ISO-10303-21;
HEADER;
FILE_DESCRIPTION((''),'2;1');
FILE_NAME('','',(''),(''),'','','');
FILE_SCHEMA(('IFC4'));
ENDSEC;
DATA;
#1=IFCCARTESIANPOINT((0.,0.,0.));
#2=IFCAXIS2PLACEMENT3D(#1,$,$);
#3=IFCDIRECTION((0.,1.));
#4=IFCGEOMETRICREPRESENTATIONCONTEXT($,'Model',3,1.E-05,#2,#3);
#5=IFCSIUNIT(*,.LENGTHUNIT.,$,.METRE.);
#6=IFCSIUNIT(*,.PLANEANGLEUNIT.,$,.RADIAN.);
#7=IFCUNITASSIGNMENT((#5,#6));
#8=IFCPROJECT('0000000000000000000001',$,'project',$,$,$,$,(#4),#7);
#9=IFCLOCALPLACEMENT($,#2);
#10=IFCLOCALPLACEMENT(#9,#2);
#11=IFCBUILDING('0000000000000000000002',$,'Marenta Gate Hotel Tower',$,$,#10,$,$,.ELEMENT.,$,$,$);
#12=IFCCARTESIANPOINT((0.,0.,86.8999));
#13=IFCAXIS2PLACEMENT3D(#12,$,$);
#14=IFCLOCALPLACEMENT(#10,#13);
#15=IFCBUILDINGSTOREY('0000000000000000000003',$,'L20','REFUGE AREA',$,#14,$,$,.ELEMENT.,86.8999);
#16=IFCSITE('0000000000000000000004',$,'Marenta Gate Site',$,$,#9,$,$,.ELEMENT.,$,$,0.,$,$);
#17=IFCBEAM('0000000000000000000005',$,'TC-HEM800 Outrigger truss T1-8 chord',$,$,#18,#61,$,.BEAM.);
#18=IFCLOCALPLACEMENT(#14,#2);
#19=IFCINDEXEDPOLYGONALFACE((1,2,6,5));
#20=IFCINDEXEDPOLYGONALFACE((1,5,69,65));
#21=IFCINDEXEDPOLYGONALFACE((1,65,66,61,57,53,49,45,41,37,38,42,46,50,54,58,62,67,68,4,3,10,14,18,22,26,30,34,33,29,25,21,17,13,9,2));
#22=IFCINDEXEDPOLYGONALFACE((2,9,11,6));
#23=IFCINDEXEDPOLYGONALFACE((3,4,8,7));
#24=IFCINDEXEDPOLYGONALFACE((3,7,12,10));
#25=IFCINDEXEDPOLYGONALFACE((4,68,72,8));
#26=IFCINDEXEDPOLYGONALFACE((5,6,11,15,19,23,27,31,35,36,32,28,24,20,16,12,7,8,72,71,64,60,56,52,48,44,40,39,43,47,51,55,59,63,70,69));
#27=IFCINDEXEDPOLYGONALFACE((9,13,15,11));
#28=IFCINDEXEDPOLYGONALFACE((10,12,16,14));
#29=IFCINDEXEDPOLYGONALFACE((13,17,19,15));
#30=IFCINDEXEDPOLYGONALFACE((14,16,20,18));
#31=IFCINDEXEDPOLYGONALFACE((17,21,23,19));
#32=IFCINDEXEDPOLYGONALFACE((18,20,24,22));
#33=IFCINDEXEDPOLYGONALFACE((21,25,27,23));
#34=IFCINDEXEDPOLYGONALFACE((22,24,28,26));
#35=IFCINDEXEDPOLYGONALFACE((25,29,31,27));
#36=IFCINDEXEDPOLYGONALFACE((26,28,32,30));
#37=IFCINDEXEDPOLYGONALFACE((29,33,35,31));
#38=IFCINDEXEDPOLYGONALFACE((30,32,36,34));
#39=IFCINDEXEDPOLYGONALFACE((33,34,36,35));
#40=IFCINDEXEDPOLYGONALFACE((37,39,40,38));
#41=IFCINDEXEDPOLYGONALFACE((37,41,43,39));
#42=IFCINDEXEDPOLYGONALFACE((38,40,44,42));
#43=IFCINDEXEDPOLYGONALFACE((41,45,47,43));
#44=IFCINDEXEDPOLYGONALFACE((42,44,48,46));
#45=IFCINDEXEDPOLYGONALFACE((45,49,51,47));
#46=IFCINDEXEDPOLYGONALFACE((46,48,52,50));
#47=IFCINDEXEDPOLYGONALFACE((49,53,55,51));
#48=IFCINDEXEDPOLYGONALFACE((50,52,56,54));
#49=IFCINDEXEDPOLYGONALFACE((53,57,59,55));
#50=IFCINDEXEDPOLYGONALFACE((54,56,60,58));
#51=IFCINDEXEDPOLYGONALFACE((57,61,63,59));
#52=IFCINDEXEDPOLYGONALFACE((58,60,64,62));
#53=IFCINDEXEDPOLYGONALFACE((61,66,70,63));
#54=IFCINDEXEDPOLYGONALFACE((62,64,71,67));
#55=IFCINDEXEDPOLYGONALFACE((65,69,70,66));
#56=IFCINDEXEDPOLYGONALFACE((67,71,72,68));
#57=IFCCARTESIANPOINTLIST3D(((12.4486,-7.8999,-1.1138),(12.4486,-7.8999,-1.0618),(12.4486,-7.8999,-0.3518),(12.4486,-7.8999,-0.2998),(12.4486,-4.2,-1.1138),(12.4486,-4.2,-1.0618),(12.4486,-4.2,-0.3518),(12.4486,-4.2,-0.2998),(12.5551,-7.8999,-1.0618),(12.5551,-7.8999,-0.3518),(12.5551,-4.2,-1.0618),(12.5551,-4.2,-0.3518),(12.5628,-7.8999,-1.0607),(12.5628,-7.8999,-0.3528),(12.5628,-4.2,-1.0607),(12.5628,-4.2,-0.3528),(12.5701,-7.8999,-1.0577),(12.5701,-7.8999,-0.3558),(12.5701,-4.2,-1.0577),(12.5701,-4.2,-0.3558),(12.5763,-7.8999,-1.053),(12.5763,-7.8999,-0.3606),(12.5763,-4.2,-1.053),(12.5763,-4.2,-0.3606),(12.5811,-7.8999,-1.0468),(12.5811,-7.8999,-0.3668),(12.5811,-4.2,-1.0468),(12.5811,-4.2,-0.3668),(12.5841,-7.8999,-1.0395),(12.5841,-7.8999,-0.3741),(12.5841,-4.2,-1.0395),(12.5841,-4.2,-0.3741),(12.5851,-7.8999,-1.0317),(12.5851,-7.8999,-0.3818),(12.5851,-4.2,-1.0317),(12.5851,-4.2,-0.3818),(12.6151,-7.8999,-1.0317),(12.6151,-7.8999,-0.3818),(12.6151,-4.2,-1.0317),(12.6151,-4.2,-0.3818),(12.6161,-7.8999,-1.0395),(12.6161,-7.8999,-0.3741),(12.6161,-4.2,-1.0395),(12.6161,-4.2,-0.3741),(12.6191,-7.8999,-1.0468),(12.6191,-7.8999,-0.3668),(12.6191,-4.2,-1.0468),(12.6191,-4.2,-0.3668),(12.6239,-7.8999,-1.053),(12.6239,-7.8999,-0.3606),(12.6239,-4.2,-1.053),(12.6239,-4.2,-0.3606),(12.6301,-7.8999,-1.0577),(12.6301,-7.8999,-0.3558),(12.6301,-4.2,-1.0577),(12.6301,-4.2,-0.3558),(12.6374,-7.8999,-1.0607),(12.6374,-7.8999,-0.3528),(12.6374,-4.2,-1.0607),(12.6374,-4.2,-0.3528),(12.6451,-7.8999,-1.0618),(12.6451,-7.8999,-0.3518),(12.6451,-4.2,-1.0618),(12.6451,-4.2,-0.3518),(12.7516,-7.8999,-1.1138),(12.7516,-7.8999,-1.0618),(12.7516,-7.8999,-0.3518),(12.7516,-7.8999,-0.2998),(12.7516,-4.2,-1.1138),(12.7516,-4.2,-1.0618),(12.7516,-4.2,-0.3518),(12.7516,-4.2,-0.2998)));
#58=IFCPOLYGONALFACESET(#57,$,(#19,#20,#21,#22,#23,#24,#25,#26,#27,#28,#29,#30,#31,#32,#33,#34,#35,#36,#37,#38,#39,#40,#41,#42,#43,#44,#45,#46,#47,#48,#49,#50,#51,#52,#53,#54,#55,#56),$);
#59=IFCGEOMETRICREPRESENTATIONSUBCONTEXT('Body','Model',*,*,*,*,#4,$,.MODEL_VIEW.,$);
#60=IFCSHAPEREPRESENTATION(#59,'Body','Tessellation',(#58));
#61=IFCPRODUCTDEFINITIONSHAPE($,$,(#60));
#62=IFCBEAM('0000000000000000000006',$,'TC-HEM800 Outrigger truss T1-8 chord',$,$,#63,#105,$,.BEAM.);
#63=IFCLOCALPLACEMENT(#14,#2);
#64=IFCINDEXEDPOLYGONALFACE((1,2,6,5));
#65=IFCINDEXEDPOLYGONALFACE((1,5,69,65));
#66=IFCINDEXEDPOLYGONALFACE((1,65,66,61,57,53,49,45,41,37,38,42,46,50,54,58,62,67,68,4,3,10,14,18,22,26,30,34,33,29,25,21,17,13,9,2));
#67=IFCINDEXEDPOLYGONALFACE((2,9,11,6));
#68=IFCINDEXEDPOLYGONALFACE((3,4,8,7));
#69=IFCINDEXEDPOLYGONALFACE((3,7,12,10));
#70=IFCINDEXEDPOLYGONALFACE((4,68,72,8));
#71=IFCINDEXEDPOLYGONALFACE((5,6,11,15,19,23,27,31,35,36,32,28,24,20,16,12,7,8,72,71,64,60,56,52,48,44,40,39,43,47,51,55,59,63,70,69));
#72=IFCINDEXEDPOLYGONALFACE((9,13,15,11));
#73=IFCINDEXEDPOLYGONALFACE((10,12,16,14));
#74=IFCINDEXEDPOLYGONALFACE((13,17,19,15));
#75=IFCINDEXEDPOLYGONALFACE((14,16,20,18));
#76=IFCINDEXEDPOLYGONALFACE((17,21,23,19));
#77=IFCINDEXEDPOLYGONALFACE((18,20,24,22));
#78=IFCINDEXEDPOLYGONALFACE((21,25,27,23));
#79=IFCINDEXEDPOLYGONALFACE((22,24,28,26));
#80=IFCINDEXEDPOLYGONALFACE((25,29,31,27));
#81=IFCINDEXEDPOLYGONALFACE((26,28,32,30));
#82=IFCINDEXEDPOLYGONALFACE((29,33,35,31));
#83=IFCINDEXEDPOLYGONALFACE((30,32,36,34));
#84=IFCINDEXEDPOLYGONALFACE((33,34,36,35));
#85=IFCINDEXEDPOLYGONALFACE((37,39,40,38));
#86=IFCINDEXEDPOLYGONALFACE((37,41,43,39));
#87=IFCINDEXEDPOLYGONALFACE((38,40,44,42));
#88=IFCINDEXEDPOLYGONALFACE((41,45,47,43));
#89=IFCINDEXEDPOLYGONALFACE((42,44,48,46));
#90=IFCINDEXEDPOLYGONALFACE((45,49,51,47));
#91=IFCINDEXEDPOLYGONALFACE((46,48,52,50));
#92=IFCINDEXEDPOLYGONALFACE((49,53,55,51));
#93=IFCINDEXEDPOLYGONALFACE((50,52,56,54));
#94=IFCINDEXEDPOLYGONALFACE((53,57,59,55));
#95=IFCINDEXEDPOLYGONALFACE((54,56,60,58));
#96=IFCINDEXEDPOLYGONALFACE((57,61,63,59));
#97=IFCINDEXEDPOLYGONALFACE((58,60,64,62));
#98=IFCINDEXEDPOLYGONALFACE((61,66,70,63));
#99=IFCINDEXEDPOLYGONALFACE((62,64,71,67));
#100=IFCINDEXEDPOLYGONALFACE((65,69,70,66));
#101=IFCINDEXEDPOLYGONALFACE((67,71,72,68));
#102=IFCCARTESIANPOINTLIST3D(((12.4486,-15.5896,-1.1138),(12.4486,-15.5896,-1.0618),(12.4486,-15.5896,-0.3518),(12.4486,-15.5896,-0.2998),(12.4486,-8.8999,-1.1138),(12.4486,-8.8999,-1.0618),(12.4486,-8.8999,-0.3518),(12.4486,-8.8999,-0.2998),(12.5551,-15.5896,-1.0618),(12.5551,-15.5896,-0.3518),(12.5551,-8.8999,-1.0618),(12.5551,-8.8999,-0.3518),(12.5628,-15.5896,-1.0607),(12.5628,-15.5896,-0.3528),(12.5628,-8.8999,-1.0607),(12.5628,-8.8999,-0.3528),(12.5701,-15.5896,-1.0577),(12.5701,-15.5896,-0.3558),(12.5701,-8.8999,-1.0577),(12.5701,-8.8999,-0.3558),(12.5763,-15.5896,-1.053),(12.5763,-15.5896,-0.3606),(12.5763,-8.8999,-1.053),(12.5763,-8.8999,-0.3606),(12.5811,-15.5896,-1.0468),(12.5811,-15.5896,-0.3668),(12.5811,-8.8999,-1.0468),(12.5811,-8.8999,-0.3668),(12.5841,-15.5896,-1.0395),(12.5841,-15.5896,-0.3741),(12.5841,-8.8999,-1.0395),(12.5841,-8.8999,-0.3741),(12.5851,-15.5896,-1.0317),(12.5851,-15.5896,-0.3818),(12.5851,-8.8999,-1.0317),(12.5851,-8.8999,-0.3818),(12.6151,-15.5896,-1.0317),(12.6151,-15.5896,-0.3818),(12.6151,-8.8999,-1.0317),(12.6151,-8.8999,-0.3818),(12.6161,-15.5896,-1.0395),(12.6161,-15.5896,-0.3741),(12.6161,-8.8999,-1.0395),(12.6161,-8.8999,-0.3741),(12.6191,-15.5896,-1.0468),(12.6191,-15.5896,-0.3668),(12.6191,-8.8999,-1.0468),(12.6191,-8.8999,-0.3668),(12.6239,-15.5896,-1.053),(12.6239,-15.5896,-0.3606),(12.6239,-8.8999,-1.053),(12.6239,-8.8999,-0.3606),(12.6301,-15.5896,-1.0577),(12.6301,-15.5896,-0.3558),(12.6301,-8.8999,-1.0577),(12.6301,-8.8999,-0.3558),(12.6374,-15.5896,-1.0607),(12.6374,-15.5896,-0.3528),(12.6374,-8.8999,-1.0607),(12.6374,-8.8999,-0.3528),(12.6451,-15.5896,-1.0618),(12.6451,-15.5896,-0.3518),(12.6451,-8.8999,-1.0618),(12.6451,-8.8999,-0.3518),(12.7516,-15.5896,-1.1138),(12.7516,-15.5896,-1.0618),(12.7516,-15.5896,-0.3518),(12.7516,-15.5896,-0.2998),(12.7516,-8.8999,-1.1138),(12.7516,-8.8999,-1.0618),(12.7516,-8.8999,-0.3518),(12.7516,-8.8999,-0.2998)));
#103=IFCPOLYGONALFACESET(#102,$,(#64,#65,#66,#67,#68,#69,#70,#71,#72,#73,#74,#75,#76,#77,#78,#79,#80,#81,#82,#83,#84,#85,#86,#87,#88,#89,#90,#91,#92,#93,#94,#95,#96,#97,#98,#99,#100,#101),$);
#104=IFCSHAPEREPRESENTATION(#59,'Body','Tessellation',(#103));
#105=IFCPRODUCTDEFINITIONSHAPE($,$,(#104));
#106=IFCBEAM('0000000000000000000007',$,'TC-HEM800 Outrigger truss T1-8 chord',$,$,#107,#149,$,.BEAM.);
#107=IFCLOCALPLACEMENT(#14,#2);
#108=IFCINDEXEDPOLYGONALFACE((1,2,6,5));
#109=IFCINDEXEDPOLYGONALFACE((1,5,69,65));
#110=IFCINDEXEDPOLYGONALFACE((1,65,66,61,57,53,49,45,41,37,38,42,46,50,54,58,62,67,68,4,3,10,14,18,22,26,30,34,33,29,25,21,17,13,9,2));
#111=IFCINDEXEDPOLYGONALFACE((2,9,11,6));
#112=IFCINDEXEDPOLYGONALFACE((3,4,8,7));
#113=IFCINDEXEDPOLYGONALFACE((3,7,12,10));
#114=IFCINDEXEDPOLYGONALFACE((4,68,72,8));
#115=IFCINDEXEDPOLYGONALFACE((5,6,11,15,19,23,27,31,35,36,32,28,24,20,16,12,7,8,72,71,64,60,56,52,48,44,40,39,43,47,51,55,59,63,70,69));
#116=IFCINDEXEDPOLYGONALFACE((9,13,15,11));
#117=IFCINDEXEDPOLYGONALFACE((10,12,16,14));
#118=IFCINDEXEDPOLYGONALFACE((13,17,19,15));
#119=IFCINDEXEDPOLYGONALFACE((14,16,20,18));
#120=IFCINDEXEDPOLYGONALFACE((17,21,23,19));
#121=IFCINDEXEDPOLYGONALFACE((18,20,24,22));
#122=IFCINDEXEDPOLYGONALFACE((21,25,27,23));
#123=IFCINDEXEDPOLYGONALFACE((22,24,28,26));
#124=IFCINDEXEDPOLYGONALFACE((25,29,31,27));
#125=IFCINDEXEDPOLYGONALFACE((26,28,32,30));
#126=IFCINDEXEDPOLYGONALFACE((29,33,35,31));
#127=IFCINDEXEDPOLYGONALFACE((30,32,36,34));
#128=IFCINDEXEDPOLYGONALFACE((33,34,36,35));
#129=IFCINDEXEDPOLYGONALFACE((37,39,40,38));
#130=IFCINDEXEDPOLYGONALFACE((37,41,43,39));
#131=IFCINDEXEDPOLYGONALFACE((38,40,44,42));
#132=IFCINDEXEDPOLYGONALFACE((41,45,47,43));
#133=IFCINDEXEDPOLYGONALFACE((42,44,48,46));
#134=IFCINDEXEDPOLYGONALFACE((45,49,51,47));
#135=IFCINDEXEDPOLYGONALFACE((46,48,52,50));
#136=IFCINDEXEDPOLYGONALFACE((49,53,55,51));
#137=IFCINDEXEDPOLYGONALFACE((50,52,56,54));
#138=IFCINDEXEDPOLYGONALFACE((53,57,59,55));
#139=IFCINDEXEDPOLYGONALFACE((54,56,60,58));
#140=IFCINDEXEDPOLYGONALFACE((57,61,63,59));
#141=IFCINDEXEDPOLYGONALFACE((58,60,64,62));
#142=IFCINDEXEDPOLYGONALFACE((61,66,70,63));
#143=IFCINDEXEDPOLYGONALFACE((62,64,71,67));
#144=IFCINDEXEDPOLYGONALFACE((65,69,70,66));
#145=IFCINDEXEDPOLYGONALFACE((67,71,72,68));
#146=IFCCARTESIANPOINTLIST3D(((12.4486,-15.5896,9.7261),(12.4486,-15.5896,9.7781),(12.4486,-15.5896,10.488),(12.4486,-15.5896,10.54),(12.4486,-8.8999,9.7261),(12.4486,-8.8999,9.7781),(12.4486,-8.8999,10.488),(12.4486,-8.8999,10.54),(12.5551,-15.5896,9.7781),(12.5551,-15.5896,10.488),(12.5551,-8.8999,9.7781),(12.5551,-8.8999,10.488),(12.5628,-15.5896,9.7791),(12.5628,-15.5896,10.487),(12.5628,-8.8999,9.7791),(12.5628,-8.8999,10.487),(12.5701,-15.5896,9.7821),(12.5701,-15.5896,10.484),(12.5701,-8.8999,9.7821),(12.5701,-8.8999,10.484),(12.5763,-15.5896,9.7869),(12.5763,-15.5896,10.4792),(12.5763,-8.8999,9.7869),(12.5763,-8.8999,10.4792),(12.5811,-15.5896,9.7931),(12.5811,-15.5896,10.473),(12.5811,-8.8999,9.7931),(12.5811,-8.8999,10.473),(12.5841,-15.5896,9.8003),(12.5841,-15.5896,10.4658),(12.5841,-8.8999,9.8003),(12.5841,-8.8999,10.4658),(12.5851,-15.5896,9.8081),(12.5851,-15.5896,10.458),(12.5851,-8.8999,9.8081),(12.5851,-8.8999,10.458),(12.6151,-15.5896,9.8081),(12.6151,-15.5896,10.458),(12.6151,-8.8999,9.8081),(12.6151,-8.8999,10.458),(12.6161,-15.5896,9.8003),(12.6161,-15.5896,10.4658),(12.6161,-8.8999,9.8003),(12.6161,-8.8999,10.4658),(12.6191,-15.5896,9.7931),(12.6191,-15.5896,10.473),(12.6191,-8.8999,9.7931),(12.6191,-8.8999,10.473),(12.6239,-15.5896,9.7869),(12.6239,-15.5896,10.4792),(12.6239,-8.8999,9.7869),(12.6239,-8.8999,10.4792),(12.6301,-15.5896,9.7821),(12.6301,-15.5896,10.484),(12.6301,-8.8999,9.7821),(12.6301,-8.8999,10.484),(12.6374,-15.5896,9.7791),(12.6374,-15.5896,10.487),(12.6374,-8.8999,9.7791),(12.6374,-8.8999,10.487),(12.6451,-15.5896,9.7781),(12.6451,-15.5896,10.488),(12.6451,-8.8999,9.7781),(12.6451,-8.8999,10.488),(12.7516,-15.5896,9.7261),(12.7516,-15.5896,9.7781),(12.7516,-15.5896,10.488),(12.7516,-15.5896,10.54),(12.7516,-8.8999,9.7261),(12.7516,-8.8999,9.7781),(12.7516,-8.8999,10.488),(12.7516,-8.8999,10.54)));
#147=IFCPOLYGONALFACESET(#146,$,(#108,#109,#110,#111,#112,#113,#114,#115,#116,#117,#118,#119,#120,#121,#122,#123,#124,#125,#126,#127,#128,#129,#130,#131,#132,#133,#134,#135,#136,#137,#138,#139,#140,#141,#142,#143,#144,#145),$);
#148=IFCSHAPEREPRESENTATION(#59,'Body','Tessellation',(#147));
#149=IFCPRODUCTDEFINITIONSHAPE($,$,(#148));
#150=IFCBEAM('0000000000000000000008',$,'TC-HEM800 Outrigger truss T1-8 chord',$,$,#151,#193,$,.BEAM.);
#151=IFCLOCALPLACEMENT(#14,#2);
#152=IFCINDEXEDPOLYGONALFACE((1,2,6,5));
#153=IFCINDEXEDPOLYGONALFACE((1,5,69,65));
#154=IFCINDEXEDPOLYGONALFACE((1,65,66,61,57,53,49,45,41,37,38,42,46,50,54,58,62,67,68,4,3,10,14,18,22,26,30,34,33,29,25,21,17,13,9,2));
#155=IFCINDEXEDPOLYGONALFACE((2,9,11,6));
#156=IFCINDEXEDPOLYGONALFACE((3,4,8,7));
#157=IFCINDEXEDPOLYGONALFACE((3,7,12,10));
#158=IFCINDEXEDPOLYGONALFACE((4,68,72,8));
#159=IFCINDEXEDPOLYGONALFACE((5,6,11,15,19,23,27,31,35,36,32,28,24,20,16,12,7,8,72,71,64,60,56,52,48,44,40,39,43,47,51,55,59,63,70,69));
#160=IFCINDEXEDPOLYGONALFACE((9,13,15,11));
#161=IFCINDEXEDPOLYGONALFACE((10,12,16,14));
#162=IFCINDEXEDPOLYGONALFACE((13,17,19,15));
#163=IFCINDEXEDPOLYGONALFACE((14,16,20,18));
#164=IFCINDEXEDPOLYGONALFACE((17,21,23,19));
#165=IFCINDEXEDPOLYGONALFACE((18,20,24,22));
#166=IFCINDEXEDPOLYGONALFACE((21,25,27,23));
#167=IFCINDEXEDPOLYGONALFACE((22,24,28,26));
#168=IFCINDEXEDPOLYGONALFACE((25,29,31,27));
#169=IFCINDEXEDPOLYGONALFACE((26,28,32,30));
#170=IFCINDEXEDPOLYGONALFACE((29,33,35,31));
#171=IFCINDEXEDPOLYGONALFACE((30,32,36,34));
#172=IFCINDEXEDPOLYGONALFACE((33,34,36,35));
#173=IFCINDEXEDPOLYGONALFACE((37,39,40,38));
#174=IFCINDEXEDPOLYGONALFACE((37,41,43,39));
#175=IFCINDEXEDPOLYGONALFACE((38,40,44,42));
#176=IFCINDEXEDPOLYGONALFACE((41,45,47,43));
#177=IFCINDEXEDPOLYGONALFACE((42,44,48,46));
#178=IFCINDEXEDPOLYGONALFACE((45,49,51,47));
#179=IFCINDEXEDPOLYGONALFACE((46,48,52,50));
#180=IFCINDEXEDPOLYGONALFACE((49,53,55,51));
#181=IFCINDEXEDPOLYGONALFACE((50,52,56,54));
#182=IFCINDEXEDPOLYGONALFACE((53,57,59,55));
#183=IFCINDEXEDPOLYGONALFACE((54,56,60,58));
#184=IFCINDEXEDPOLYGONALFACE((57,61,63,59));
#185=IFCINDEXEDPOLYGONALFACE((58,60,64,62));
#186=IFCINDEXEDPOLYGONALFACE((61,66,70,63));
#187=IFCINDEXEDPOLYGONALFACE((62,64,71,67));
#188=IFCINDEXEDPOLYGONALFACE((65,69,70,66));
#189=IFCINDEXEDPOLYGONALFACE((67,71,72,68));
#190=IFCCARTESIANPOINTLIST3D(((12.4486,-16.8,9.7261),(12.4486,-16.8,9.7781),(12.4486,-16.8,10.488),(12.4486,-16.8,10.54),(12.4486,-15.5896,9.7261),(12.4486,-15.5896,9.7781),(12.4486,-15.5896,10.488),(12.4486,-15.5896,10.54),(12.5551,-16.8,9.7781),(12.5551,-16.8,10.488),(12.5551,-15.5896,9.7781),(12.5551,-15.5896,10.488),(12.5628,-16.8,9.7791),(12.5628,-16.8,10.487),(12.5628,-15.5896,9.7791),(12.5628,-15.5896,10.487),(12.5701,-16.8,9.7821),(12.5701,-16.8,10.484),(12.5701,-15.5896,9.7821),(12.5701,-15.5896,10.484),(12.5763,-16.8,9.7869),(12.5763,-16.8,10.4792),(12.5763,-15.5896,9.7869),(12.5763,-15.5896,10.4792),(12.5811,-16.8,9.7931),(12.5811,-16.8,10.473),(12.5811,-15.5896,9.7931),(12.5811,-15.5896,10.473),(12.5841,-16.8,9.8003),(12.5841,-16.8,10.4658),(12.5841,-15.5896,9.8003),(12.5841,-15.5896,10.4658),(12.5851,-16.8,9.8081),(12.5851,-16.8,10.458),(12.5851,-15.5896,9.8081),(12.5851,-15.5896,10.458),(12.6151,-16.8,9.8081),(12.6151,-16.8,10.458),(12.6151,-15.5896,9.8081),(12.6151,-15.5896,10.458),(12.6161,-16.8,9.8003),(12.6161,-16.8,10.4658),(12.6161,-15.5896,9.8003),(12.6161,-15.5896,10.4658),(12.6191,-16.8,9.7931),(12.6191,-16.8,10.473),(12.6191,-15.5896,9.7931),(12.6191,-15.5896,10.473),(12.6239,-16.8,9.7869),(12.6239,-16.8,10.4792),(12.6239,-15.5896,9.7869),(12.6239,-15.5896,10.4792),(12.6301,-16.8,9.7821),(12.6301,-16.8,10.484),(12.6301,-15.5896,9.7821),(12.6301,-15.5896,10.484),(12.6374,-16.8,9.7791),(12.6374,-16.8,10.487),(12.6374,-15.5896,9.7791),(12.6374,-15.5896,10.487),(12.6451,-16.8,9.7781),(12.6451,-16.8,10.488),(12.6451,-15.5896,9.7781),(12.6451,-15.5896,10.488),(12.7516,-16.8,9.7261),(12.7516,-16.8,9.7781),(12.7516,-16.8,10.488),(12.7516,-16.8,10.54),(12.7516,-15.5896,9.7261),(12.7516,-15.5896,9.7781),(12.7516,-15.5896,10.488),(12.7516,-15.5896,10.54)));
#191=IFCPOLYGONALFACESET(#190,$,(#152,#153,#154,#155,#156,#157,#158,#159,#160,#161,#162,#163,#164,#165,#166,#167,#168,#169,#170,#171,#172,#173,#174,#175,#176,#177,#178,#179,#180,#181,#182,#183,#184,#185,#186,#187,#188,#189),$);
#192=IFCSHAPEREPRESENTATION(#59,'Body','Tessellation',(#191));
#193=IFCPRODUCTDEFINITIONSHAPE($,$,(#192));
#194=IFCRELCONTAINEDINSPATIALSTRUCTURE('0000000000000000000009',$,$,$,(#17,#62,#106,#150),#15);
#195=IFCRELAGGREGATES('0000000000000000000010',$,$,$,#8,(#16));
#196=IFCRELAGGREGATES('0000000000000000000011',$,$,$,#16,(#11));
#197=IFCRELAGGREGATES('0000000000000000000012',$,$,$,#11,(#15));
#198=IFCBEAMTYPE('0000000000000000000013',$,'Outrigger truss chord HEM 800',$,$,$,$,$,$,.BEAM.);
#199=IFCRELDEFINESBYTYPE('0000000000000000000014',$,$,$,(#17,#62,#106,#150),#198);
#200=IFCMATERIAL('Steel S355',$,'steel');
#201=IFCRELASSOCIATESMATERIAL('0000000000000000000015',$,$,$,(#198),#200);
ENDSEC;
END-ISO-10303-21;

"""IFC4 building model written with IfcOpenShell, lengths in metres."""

from ifc_helpers import new_model, si_unit, direction, frame, origin, origin_2d, place, context, subcontext, project, spatial, i_section, extrude, material, material_profile, profile_set, type_object, element, save


model = new_model("IFC4")

# Units and contexts
model_context = context("Model", 3, precision=1e-05, world=origin(), true_north=direction((0.0, 1.0)))
body_context = subcontext(model_context, "Body", "Model", "MODEL_VIEW")
ifc_project = project(units=[si_unit("LENGTHUNIT", "METRE"), si_unit("PLANEANGLEUNIT", "RADIAN")], contexts=[model_context])

# Site, building, storey
site_placement = place(None, origin())
site = spatial("IfcSite", under=ifc_project, at=site_placement, Name="Marenta Gate Site", CompositionType="ELEMENT", RefElevation=0.0)
building_placement = place(site_placement, origin())
building = spatial("IfcBuilding", under=site, at=building_placement, Name="Marenta Gate Hotel Tower", CompositionType="ELEMENT")
storey_placement = place(building_placement, frame((0.0, 0.0, 86.8999)))
storey = spatial("IfcBuildingStorey", under=building, at=storey_placement, Name="L20", Description="REFUGE AREA", CompositionType="ELEMENT", Elevation=86.8999)

# Beams
ifc_material_1 = material(Name="Steel S355", Category="steel")
ifc_material_profile_1 = material_profile(ifc_material_1, i_section(OverallWidth=0.303, OverallDepth=0.814, WebThickness=0.03, FlangeThickness=0.052, FilletRadius=0.03, at=origin_2d()), Name="HEM 800")
ifc_profile_set_1 = profile_set([ifc_material_profile_1], Name="Steel S355")
beam_type_1 = type_object("IfcBeamType", Name="Outrigger truss chord HEM 800", PredefinedType="BEAM", material=ifc_profile_set_1)
beam_1_placement = place(storey_placement, frame((12.6001, -4.2, -0.7068), z_axis=(0.0, -1.0, 0.0), x_axis=(1.0, 0.0, 0.0)))
element("IfcBeam", 1, at=beam_1_placement, inside=storey, type_object=beam_type_1, Name="TC-HEM800 Outrigger truss T1-8 chord", PredefinedType="BEAM", context=body_context, shape_type="SweptSolid", body=[
    extrude(i_section(OverallWidth=0.303, OverallDepth=0.814, WebThickness=0.03, FlangeThickness=0.052, FilletRadius=0.03, at=origin_2d()), origin(), (0.0, 0.0, 1.0), 3.7),
])
for number, where, z_axis, x_axis, name in (
    (2, (12.6001, -8.8999, -0.7068), (0.0, -1.0, 0.0), (1.0, 0.0, 0.0), "TC-HEM800 Outrigger truss T1-8 chord"),
    (3, (12.6001, -8.8999, 10.1331), (0.0, -1.0, 0.0), (1.0, 0.0, 0.0), "TC-HEM800 Outrigger truss T1-8 chord"),
):
    element("IfcBeam", number, at=place(storey_placement, frame(where, z_axis=z_axis, x_axis=x_axis)), inside=storey, type_object=beam_type_1, Name=name, PredefinedType="BEAM", context=body_context, shape_type="SweptSolid", body=[
        extrude(i_section(OverallWidth=0.303, OverallDepth=0.814, WebThickness=0.03, FlangeThickness=0.052, FilletRadius=0.03, at=origin_2d()), origin(), (0.0, 0.0, 1.0), 6.6897),
    ])
beam_2_placement = place(storey_placement, frame((12.6001, -15.5896, 10.1331), z_axis=(0.0, -1.0, 0.0), x_axis=(1.0, 0.0, 0.0)))
element("IfcBeam", 4, at=beam_2_placement, inside=storey, type_object=beam_type_1, Name="TC-HEM800 Outrigger truss T1-8 chord", PredefinedType="BEAM", context=body_context, shape_type="SweptSolid", body=[
    extrude(i_section(OverallWidth=0.303, OverallDepth=0.814, WebThickness=0.03, FlangeThickness=0.052, FilletRadius=0.03, at=origin_2d()), origin(), (0.0, 0.0, 1.0), 1.2104),
])

save(model, "model.ifc")
